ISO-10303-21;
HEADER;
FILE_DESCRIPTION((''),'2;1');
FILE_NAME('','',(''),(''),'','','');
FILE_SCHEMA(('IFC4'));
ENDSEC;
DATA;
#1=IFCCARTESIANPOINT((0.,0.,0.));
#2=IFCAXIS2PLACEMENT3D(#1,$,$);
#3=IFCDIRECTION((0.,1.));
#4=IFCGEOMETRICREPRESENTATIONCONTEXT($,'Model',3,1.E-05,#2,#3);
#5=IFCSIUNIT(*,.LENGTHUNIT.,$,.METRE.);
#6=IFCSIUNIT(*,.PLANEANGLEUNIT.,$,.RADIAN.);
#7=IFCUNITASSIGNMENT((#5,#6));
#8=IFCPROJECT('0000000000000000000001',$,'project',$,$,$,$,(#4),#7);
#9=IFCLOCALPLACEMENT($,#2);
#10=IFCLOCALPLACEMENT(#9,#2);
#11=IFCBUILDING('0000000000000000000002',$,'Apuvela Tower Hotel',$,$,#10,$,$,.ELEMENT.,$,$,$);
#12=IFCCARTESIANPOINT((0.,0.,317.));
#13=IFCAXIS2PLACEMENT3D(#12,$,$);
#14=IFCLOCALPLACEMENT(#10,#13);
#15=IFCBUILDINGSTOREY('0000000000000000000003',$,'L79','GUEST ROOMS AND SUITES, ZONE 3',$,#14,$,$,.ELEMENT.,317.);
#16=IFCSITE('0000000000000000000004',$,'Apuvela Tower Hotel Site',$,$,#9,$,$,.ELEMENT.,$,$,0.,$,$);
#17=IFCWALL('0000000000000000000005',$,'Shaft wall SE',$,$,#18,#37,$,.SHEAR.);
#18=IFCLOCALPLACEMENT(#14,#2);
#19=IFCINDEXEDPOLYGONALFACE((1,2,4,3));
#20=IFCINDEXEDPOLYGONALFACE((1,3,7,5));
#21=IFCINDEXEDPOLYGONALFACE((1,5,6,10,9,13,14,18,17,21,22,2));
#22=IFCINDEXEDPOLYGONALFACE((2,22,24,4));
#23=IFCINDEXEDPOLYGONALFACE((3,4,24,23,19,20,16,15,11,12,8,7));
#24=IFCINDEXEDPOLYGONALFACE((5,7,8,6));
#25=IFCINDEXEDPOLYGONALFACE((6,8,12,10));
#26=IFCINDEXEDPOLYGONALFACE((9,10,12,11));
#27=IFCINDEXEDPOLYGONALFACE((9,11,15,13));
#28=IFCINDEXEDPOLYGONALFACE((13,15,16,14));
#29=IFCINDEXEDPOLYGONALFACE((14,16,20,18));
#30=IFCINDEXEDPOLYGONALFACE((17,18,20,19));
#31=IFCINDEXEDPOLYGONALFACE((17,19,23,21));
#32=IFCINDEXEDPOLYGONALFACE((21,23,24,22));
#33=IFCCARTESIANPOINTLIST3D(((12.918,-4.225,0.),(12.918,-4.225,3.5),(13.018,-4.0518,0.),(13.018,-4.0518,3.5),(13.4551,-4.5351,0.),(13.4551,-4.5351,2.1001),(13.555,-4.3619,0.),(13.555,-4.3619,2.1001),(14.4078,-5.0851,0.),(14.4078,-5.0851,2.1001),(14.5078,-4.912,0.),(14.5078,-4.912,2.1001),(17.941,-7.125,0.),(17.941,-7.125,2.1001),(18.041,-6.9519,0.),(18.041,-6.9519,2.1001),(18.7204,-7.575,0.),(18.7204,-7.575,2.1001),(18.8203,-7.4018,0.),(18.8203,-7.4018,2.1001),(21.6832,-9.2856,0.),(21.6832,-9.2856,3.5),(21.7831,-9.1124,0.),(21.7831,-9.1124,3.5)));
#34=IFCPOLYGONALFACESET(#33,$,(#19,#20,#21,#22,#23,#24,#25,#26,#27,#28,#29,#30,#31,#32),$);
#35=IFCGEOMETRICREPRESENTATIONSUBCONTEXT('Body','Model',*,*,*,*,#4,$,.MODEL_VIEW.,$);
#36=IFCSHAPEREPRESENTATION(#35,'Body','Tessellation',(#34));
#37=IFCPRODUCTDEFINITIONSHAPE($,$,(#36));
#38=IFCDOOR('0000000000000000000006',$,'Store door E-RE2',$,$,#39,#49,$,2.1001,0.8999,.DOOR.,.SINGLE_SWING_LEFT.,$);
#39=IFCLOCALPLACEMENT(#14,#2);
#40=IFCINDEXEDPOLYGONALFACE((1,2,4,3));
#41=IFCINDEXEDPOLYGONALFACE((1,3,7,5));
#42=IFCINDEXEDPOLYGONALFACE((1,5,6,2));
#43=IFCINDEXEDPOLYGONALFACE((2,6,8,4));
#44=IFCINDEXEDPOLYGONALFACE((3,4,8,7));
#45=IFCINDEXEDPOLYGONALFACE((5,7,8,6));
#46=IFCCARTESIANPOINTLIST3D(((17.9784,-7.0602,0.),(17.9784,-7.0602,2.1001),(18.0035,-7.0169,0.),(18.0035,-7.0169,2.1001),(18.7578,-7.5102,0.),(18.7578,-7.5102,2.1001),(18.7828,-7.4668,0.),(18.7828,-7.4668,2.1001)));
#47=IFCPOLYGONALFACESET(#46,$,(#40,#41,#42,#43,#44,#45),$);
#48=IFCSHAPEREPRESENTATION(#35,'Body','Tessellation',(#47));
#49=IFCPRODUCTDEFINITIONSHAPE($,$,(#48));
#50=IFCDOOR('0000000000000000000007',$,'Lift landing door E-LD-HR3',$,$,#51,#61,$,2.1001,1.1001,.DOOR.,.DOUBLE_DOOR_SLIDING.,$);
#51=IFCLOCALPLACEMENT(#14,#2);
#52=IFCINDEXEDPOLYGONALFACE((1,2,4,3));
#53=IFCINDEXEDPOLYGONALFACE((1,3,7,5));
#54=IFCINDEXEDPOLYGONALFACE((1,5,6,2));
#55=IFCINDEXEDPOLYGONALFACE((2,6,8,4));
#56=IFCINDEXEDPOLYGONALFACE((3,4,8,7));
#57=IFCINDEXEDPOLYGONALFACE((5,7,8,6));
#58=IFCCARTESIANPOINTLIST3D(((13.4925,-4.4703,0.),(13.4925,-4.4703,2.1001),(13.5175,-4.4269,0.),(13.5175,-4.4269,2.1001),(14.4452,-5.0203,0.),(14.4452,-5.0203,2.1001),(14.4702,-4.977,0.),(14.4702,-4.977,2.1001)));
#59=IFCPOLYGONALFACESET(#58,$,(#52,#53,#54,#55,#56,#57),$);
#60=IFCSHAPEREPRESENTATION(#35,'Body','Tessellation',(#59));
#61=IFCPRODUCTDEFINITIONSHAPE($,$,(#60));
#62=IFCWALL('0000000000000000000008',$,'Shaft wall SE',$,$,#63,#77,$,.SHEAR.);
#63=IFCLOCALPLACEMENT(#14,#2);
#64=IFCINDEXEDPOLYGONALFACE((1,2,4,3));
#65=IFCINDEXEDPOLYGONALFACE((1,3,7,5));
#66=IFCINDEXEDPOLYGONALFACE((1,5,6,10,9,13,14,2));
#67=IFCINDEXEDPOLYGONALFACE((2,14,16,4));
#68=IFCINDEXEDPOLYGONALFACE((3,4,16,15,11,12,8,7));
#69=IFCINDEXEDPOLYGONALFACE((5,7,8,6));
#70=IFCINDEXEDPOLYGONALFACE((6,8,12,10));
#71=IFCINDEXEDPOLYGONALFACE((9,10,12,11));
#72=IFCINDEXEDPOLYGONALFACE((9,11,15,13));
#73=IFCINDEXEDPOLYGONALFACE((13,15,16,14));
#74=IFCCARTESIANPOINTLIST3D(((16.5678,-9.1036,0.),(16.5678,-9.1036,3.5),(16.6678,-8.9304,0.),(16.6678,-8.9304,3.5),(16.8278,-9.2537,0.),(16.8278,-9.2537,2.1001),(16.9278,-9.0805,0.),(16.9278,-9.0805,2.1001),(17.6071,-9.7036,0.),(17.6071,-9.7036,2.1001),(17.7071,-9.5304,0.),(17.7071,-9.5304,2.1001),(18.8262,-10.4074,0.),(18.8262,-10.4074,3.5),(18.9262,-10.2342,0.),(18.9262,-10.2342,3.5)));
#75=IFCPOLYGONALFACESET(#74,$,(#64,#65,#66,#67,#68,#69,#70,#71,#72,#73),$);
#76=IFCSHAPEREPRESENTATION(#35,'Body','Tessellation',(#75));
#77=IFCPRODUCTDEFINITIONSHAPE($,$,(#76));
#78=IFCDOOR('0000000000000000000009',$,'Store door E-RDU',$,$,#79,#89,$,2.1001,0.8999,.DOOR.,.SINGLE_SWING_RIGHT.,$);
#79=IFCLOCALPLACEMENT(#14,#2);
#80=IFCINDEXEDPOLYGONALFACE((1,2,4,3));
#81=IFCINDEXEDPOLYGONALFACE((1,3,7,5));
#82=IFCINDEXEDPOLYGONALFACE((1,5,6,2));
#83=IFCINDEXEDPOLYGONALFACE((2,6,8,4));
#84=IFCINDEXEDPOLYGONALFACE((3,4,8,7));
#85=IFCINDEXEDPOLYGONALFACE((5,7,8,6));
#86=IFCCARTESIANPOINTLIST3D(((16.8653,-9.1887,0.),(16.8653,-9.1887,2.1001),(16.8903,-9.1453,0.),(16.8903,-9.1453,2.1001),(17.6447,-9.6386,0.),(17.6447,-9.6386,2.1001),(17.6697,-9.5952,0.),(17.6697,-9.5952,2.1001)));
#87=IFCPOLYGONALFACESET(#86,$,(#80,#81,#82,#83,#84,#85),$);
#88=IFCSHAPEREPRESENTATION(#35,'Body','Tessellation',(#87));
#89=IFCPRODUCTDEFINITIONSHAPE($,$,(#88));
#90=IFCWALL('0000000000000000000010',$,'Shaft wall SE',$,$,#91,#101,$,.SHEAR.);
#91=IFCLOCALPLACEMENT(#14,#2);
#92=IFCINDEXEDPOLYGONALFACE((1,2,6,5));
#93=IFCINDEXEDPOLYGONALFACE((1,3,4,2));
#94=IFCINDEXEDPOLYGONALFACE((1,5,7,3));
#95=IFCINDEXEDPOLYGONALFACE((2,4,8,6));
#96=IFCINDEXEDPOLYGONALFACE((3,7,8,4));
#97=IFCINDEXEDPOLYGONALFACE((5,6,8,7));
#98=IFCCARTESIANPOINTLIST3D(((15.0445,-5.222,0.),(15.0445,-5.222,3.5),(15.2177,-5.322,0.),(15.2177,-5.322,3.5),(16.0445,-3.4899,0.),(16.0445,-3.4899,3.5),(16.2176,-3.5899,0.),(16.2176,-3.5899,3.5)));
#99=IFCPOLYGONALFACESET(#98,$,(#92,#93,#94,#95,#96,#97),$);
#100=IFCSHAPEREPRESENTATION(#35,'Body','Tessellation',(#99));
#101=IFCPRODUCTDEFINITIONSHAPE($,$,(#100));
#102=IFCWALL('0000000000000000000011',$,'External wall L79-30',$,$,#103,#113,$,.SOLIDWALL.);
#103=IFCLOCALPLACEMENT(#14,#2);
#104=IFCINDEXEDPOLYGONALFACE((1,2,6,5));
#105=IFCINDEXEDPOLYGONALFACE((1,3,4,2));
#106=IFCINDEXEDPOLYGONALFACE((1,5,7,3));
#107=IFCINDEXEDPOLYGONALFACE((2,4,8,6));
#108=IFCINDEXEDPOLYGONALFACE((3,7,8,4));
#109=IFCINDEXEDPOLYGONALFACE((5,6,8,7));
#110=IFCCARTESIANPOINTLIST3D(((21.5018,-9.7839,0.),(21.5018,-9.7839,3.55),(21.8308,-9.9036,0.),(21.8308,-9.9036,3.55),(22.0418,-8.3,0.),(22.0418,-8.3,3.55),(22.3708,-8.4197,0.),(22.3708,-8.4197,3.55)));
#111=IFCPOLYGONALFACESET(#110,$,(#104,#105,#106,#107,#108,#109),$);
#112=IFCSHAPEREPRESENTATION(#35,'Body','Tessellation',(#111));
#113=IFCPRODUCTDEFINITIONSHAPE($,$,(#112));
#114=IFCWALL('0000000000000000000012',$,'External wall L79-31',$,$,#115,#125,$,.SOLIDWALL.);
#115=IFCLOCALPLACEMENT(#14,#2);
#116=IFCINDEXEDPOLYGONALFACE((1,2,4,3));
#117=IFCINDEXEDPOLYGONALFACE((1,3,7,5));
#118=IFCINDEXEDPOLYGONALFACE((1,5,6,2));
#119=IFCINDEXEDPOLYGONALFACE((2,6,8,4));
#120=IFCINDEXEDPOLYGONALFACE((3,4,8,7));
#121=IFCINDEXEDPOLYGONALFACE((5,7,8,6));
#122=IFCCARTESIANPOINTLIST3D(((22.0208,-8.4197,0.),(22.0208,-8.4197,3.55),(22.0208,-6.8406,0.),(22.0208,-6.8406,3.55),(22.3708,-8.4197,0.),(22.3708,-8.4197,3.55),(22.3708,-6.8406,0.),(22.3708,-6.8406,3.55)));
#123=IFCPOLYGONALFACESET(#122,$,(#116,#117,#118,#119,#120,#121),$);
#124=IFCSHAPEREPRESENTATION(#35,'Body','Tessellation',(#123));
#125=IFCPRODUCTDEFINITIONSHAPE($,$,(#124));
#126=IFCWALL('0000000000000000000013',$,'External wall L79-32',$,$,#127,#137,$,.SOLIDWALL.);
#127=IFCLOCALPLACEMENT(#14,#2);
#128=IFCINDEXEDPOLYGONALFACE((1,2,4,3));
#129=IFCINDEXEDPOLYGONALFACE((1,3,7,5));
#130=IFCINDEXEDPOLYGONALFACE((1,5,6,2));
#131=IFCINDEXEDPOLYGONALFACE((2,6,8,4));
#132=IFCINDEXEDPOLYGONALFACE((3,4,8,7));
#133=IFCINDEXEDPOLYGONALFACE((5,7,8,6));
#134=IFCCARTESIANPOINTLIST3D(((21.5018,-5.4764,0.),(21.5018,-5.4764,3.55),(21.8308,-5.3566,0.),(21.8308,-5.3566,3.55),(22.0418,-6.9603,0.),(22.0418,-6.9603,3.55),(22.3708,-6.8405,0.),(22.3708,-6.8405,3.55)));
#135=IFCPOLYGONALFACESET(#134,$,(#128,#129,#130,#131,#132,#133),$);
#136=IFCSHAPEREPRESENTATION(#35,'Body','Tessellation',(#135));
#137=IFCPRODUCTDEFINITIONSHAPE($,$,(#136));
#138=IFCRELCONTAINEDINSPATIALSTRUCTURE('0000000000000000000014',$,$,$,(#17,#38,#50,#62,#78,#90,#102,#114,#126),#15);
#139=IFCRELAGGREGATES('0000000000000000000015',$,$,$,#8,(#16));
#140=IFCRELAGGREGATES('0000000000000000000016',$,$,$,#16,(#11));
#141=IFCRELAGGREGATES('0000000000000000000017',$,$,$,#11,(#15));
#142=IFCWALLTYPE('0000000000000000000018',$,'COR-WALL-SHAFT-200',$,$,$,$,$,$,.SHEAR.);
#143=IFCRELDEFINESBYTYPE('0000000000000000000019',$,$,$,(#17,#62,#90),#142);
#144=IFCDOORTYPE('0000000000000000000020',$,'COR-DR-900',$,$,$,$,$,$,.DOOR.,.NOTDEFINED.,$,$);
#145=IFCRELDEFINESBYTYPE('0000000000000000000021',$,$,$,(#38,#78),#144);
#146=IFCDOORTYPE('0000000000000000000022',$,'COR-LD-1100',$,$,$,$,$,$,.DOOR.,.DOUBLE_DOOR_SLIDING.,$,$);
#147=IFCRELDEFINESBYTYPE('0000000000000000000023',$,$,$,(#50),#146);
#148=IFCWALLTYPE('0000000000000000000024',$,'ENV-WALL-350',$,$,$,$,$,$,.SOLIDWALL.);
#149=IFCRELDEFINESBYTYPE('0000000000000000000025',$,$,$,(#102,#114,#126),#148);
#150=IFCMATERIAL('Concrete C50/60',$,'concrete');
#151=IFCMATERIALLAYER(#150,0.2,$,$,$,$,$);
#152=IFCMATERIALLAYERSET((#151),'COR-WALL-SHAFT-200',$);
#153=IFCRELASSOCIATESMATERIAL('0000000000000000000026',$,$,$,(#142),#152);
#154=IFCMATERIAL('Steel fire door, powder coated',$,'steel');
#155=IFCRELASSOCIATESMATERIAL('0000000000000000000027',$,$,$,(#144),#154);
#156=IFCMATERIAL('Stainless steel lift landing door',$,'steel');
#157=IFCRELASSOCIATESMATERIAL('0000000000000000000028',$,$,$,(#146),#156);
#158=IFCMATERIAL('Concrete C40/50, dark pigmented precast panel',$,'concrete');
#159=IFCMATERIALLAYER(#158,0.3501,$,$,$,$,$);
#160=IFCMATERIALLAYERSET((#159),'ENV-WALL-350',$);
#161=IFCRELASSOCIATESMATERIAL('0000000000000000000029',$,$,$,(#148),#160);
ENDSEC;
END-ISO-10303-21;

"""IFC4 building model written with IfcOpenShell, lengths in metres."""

from ifc_helpers import new_model, si_unit, direction, frame, frame_2d, origin, place, context, subcontext, project, spatial, rectangle, extrude, material, layer, layer_set, type_object, element, fill, save


model = new_model("IFC4")

# Units and contexts
model_context = context("Model", 3, precision=1e-05, world=origin(), true_north=direction((0.0, 1.0)))
body_context = subcontext(model_context, "Body", "Model", "MODEL_VIEW")
ifc_project = project(units=[si_unit("LENGTHUNIT", "METRE"), si_unit("PLANEANGLEUNIT", "RADIAN")], contexts=[model_context])

# Site, building, storey
site_placement = place(None, origin())
site = spatial("IfcSite", under=ifc_project, at=site_placement, Name="Apuvela Tower Hotel Site", CompositionType="ELEMENT", RefElevation=0.0)
building_placement = place(site_placement, origin())
building = spatial("IfcBuilding", under=site, at=building_placement, Name="Apuvela Tower Hotel", CompositionType="ELEMENT")
storey_placement = place(building_placement, frame((0.0, 0.0, 317.0)))
storey = spatial("IfcBuildingStorey", under=building, at=storey_placement, Name="L79", Description="GUEST ROOMS AND SUITES, ZONE 3", CompositionType="ELEMENT", Elevation=317.0)

# Shared definitions
ifc_material_1 = material(Name="Concrete C50/60", Category="concrete")

# Shared definitions
ifc_layer_1 = layer(ifc_material_1, 0.2)
ifc_layer_set_1 = layer_set([ifc_layer_1], Name="COR-WALL-SHAFT-200")
wall_type_1 = type_object("IfcWallType", Name="COR-WALL-SHAFT-200", PredefinedType="SHEAR", material=ifc_layer_set_1)
ifc_material_2 = material(Name="Stainless steel lift landing door", Category="steel")

# Wall, openings, doors
wall_1_placement = place(storey_placement, frame((12.968, -4.1384, 0.0), z_axis=(0.0, 0.0, 1.0), x_axis=(0.866026, -0.499999, 0.0)))
wall_1 = element("IfcWall", 1, at=wall_1_placement, inside=storey, type_object=wall_type_1, Name="Shaft wall SE", PredefinedType="SHEAR", context=body_context, shape_type="SweptSolid", body=[
    extrude(rectangle(XDim=10.1211, YDim=0.2, at=frame_2d((5.0605, 0.0))), origin(), (0.0, 0.0, 1.0), 3.5),
])
opening_1_placement = place(wall_1_placement, frame((0.6201, 0.0, 0.0)))
opening_1 = element("IfcOpeningElement", 2, at=opening_1_placement, cuts=wall_1, PredefinedType="OPENING", context=body_context, shape_type="SweptSolid", body=[
    extrude(rectangle(XDim=1.1001, YDim=2.1001, at=frame_2d((0.55, 1.05))), frame((0.0, 0.1099, 0.0), z_axis=(0.0, -1.0, 0.0), x_axis=(1.0, 0.0, 0.0)), (0.0, 0.0, 1.0), 0.22),
])
opening_2_placement = place(wall_1_placement, frame((5.8, 0.0, 0.0)))
opening_2 = element("IfcOpeningElement", 3, at=opening_2_placement, cuts=wall_1, PredefinedType="OPENING", context=body_context, shape_type="SweptSolid", body=[
    extrude(rectangle(XDim=0.8999, YDim=2.1001, at=frame_2d((0.45, 1.05))), frame((0.0, 0.1099, 0.0), z_axis=(0.0, -1.0, 0.0), x_axis=(1.0, 0.0, 0.0)), (0.0, 0.0, 1.0), 0.22),
])
ifc_material_3 = material(Name="Steel fire door, powder coated", Category="steel")
door_type_1 = type_object("IfcDoorType", Name="COR-DR-900", OperationType="NOTDEFINED", PredefinedType="DOOR", material=ifc_material_3)
door_1_placement = place(opening_2_placement, origin())
door_1 = element("IfcDoor", 4, at=door_1_placement, inside=storey, type_object=door_type_1, Name="Store door E-RE2", OperationType="SINGLE_SWING_LEFT", OverallHeight=2.1001, OverallWidth=0.8999, PredefinedType="DOOR", context=body_context, shape_type="SweptSolid", body=[
    extrude(rectangle(XDim=0.8999, YDim=2.1001, at=frame_2d((0.45, 1.05))), frame((0.0, 0.0249, 0.0), z_axis=(0.0, -1.0, 0.0), x_axis=(1.0, 0.0, 0.0)), (0.0, 0.0, 1.0), 0.05),
])
fill(opening_2, door_1)
door_type_2 = type_object("IfcDoorType", Name="COR-LD-1100", OperationType="DOUBLE_DOOR_SLIDING", PredefinedType="DOOR", material=ifc_material_2)
door_2_placement = place(opening_1_placement, origin())
door_2 = element("IfcDoor", 5, at=door_2_placement, inside=storey, type_object=door_type_2, Name="Lift landing door E-LD-HR3", OperationType="DOUBLE_DOOR_SLIDING", OverallHeight=2.1001, OverallWidth=1.1001, PredefinedType="DOOR", context=body_context, shape_type="SweptSolid", body=[
    extrude(rectangle(XDim=1.1001, YDim=2.1001, at=frame_2d((0.55, 1.05))), frame((0.0, 0.0249, 0.0), z_axis=(0.0, -1.0, 0.0), x_axis=(1.0, 0.0, 0.0)), (0.0, 0.0, 1.0), 0.05),
])
fill(opening_1, door_2)

# Wall, opening, door
wall_2_placement = place(storey_placement, frame((16.6179, -9.0171, 0.0), z_axis=(0.0, 0.0, 1.0), x_axis=(0.866045, -0.499966, 0.0)))
wall_2 = element("IfcWall", 6, at=wall_2_placement, inside=storey, type_object=wall_type_1, Name="Shaft wall SE", PredefinedType="SHEAR", context=body_context, shape_type="SweptSolid", body=[
    extrude(rectangle(XDim=2.6077, YDim=0.2, at=frame_2d((1.3037, 0.0))), origin(), (0.0, 0.0, 1.0), 3.5),
])
opening_3_placement = place(wall_2_placement, frame((0.3, 0.0, 0.0)))
opening_3 = element("IfcOpeningElement", 7, at=opening_3_placement, cuts=wall_2, PredefinedType="OPENING", context=body_context, shape_type="SweptSolid", body=[
    extrude(rectangle(XDim=0.8999, YDim=2.1001, at=frame_2d((0.45, 1.05))), frame((0.0, 0.1099, 0.0), z_axis=(0.0, -1.0, 0.0), x_axis=(1.0, 0.0, 0.0)), (0.0, 0.0, 1.0), 0.22),
])
door_3_placement = place(opening_3_placement, frame((0.8999, 0.0, 0.0), z_axis=(0.0, 0.0, 1.0), x_axis=(-1.0, 0.0, 0.0)))
door_3 = element("IfcDoor", 8, at=door_3_placement, inside=storey, type_object=door_type_1, Name="Store door E-RDU", OperationType="SINGLE_SWING_RIGHT", OverallHeight=2.1001, OverallWidth=0.8999, PredefinedType="DOOR", context=body_context, shape_type="SweptSolid", body=[
    extrude(rectangle(XDim=0.8999, YDim=2.1001, at=frame_2d((0.45, 1.05))), frame((0.0, 0.0249, 0.0), z_axis=(0.0, -1.0, 0.0), x_axis=(1.0, 0.0, 0.0)), (0.0, 0.0, 1.0), 0.05),
])
fill(opening_3, door_3)

# Walls
wall_3_placement = place(storey_placement, frame((15.1311, -5.272, 0.0), z_axis=(0.0, 0.0, 1.0), x_axis=(0.499973, 0.866041, 0.0)))
element("IfcWall", 9, at=wall_3_placement, inside=storey, type_object=wall_type_1, Name="Shaft wall SE", PredefinedType="SHEAR", context=body_context, shape_type="SweptSolid", body=[
    extrude(rectangle(XDim=2.0, YDim=0.2, at=frame_2d((1.0, 0.0))), origin(), (0.0, 0.0, 1.0), 3.5),
])
ifc_material_4 = material(Name="Concrete C40/50, dark pigmented precast panel", Category="concrete")
ifc_layer_2 = layer(ifc_material_4, 0.3501)
ifc_layer_set_2 = layer_set([ifc_layer_2], Name="ENV-WALL-350")
wall_type_2 = type_object("IfcWallType", Name="ENV-WALL-350", PredefinedType="SOLIDWALL", material=ifc_layer_set_2)
for number, where, z_axis, x_axis, name in (
    (10, (21.6663, -9.8438, 0.0), (0.0, 0.0, 1.0), (0.341991, 0.939703, 0.0), "External wall L79-30"),
    (11, (22.1958, -8.4197, 0.0), (0.0, 0.0, 1.0), (0.0, 1.0, 0.0), "External wall L79-31"),
    (12, (22.2063, -6.9004, 0.0), (0.0, 0.0, 1.0), (-0.341991, 0.939703, 0.0), "External wall L79-32"),
):
    element("IfcWall", number, at=place(storey_placement, frame(where, z_axis=z_axis, x_axis=x_axis)), inside=storey, type_object=wall_type_2, Name=name, PredefinedType="SOLIDWALL", context=body_context, shape_type="SweptSolid", body=[
        extrude(rectangle(XDim=1.5791, YDim=0.3501, at=frame_2d((0.7896, 0.0))), origin(), (0.0, 0.0, 1.0), 3.55),
    ])

save(model, "model.ifc")
